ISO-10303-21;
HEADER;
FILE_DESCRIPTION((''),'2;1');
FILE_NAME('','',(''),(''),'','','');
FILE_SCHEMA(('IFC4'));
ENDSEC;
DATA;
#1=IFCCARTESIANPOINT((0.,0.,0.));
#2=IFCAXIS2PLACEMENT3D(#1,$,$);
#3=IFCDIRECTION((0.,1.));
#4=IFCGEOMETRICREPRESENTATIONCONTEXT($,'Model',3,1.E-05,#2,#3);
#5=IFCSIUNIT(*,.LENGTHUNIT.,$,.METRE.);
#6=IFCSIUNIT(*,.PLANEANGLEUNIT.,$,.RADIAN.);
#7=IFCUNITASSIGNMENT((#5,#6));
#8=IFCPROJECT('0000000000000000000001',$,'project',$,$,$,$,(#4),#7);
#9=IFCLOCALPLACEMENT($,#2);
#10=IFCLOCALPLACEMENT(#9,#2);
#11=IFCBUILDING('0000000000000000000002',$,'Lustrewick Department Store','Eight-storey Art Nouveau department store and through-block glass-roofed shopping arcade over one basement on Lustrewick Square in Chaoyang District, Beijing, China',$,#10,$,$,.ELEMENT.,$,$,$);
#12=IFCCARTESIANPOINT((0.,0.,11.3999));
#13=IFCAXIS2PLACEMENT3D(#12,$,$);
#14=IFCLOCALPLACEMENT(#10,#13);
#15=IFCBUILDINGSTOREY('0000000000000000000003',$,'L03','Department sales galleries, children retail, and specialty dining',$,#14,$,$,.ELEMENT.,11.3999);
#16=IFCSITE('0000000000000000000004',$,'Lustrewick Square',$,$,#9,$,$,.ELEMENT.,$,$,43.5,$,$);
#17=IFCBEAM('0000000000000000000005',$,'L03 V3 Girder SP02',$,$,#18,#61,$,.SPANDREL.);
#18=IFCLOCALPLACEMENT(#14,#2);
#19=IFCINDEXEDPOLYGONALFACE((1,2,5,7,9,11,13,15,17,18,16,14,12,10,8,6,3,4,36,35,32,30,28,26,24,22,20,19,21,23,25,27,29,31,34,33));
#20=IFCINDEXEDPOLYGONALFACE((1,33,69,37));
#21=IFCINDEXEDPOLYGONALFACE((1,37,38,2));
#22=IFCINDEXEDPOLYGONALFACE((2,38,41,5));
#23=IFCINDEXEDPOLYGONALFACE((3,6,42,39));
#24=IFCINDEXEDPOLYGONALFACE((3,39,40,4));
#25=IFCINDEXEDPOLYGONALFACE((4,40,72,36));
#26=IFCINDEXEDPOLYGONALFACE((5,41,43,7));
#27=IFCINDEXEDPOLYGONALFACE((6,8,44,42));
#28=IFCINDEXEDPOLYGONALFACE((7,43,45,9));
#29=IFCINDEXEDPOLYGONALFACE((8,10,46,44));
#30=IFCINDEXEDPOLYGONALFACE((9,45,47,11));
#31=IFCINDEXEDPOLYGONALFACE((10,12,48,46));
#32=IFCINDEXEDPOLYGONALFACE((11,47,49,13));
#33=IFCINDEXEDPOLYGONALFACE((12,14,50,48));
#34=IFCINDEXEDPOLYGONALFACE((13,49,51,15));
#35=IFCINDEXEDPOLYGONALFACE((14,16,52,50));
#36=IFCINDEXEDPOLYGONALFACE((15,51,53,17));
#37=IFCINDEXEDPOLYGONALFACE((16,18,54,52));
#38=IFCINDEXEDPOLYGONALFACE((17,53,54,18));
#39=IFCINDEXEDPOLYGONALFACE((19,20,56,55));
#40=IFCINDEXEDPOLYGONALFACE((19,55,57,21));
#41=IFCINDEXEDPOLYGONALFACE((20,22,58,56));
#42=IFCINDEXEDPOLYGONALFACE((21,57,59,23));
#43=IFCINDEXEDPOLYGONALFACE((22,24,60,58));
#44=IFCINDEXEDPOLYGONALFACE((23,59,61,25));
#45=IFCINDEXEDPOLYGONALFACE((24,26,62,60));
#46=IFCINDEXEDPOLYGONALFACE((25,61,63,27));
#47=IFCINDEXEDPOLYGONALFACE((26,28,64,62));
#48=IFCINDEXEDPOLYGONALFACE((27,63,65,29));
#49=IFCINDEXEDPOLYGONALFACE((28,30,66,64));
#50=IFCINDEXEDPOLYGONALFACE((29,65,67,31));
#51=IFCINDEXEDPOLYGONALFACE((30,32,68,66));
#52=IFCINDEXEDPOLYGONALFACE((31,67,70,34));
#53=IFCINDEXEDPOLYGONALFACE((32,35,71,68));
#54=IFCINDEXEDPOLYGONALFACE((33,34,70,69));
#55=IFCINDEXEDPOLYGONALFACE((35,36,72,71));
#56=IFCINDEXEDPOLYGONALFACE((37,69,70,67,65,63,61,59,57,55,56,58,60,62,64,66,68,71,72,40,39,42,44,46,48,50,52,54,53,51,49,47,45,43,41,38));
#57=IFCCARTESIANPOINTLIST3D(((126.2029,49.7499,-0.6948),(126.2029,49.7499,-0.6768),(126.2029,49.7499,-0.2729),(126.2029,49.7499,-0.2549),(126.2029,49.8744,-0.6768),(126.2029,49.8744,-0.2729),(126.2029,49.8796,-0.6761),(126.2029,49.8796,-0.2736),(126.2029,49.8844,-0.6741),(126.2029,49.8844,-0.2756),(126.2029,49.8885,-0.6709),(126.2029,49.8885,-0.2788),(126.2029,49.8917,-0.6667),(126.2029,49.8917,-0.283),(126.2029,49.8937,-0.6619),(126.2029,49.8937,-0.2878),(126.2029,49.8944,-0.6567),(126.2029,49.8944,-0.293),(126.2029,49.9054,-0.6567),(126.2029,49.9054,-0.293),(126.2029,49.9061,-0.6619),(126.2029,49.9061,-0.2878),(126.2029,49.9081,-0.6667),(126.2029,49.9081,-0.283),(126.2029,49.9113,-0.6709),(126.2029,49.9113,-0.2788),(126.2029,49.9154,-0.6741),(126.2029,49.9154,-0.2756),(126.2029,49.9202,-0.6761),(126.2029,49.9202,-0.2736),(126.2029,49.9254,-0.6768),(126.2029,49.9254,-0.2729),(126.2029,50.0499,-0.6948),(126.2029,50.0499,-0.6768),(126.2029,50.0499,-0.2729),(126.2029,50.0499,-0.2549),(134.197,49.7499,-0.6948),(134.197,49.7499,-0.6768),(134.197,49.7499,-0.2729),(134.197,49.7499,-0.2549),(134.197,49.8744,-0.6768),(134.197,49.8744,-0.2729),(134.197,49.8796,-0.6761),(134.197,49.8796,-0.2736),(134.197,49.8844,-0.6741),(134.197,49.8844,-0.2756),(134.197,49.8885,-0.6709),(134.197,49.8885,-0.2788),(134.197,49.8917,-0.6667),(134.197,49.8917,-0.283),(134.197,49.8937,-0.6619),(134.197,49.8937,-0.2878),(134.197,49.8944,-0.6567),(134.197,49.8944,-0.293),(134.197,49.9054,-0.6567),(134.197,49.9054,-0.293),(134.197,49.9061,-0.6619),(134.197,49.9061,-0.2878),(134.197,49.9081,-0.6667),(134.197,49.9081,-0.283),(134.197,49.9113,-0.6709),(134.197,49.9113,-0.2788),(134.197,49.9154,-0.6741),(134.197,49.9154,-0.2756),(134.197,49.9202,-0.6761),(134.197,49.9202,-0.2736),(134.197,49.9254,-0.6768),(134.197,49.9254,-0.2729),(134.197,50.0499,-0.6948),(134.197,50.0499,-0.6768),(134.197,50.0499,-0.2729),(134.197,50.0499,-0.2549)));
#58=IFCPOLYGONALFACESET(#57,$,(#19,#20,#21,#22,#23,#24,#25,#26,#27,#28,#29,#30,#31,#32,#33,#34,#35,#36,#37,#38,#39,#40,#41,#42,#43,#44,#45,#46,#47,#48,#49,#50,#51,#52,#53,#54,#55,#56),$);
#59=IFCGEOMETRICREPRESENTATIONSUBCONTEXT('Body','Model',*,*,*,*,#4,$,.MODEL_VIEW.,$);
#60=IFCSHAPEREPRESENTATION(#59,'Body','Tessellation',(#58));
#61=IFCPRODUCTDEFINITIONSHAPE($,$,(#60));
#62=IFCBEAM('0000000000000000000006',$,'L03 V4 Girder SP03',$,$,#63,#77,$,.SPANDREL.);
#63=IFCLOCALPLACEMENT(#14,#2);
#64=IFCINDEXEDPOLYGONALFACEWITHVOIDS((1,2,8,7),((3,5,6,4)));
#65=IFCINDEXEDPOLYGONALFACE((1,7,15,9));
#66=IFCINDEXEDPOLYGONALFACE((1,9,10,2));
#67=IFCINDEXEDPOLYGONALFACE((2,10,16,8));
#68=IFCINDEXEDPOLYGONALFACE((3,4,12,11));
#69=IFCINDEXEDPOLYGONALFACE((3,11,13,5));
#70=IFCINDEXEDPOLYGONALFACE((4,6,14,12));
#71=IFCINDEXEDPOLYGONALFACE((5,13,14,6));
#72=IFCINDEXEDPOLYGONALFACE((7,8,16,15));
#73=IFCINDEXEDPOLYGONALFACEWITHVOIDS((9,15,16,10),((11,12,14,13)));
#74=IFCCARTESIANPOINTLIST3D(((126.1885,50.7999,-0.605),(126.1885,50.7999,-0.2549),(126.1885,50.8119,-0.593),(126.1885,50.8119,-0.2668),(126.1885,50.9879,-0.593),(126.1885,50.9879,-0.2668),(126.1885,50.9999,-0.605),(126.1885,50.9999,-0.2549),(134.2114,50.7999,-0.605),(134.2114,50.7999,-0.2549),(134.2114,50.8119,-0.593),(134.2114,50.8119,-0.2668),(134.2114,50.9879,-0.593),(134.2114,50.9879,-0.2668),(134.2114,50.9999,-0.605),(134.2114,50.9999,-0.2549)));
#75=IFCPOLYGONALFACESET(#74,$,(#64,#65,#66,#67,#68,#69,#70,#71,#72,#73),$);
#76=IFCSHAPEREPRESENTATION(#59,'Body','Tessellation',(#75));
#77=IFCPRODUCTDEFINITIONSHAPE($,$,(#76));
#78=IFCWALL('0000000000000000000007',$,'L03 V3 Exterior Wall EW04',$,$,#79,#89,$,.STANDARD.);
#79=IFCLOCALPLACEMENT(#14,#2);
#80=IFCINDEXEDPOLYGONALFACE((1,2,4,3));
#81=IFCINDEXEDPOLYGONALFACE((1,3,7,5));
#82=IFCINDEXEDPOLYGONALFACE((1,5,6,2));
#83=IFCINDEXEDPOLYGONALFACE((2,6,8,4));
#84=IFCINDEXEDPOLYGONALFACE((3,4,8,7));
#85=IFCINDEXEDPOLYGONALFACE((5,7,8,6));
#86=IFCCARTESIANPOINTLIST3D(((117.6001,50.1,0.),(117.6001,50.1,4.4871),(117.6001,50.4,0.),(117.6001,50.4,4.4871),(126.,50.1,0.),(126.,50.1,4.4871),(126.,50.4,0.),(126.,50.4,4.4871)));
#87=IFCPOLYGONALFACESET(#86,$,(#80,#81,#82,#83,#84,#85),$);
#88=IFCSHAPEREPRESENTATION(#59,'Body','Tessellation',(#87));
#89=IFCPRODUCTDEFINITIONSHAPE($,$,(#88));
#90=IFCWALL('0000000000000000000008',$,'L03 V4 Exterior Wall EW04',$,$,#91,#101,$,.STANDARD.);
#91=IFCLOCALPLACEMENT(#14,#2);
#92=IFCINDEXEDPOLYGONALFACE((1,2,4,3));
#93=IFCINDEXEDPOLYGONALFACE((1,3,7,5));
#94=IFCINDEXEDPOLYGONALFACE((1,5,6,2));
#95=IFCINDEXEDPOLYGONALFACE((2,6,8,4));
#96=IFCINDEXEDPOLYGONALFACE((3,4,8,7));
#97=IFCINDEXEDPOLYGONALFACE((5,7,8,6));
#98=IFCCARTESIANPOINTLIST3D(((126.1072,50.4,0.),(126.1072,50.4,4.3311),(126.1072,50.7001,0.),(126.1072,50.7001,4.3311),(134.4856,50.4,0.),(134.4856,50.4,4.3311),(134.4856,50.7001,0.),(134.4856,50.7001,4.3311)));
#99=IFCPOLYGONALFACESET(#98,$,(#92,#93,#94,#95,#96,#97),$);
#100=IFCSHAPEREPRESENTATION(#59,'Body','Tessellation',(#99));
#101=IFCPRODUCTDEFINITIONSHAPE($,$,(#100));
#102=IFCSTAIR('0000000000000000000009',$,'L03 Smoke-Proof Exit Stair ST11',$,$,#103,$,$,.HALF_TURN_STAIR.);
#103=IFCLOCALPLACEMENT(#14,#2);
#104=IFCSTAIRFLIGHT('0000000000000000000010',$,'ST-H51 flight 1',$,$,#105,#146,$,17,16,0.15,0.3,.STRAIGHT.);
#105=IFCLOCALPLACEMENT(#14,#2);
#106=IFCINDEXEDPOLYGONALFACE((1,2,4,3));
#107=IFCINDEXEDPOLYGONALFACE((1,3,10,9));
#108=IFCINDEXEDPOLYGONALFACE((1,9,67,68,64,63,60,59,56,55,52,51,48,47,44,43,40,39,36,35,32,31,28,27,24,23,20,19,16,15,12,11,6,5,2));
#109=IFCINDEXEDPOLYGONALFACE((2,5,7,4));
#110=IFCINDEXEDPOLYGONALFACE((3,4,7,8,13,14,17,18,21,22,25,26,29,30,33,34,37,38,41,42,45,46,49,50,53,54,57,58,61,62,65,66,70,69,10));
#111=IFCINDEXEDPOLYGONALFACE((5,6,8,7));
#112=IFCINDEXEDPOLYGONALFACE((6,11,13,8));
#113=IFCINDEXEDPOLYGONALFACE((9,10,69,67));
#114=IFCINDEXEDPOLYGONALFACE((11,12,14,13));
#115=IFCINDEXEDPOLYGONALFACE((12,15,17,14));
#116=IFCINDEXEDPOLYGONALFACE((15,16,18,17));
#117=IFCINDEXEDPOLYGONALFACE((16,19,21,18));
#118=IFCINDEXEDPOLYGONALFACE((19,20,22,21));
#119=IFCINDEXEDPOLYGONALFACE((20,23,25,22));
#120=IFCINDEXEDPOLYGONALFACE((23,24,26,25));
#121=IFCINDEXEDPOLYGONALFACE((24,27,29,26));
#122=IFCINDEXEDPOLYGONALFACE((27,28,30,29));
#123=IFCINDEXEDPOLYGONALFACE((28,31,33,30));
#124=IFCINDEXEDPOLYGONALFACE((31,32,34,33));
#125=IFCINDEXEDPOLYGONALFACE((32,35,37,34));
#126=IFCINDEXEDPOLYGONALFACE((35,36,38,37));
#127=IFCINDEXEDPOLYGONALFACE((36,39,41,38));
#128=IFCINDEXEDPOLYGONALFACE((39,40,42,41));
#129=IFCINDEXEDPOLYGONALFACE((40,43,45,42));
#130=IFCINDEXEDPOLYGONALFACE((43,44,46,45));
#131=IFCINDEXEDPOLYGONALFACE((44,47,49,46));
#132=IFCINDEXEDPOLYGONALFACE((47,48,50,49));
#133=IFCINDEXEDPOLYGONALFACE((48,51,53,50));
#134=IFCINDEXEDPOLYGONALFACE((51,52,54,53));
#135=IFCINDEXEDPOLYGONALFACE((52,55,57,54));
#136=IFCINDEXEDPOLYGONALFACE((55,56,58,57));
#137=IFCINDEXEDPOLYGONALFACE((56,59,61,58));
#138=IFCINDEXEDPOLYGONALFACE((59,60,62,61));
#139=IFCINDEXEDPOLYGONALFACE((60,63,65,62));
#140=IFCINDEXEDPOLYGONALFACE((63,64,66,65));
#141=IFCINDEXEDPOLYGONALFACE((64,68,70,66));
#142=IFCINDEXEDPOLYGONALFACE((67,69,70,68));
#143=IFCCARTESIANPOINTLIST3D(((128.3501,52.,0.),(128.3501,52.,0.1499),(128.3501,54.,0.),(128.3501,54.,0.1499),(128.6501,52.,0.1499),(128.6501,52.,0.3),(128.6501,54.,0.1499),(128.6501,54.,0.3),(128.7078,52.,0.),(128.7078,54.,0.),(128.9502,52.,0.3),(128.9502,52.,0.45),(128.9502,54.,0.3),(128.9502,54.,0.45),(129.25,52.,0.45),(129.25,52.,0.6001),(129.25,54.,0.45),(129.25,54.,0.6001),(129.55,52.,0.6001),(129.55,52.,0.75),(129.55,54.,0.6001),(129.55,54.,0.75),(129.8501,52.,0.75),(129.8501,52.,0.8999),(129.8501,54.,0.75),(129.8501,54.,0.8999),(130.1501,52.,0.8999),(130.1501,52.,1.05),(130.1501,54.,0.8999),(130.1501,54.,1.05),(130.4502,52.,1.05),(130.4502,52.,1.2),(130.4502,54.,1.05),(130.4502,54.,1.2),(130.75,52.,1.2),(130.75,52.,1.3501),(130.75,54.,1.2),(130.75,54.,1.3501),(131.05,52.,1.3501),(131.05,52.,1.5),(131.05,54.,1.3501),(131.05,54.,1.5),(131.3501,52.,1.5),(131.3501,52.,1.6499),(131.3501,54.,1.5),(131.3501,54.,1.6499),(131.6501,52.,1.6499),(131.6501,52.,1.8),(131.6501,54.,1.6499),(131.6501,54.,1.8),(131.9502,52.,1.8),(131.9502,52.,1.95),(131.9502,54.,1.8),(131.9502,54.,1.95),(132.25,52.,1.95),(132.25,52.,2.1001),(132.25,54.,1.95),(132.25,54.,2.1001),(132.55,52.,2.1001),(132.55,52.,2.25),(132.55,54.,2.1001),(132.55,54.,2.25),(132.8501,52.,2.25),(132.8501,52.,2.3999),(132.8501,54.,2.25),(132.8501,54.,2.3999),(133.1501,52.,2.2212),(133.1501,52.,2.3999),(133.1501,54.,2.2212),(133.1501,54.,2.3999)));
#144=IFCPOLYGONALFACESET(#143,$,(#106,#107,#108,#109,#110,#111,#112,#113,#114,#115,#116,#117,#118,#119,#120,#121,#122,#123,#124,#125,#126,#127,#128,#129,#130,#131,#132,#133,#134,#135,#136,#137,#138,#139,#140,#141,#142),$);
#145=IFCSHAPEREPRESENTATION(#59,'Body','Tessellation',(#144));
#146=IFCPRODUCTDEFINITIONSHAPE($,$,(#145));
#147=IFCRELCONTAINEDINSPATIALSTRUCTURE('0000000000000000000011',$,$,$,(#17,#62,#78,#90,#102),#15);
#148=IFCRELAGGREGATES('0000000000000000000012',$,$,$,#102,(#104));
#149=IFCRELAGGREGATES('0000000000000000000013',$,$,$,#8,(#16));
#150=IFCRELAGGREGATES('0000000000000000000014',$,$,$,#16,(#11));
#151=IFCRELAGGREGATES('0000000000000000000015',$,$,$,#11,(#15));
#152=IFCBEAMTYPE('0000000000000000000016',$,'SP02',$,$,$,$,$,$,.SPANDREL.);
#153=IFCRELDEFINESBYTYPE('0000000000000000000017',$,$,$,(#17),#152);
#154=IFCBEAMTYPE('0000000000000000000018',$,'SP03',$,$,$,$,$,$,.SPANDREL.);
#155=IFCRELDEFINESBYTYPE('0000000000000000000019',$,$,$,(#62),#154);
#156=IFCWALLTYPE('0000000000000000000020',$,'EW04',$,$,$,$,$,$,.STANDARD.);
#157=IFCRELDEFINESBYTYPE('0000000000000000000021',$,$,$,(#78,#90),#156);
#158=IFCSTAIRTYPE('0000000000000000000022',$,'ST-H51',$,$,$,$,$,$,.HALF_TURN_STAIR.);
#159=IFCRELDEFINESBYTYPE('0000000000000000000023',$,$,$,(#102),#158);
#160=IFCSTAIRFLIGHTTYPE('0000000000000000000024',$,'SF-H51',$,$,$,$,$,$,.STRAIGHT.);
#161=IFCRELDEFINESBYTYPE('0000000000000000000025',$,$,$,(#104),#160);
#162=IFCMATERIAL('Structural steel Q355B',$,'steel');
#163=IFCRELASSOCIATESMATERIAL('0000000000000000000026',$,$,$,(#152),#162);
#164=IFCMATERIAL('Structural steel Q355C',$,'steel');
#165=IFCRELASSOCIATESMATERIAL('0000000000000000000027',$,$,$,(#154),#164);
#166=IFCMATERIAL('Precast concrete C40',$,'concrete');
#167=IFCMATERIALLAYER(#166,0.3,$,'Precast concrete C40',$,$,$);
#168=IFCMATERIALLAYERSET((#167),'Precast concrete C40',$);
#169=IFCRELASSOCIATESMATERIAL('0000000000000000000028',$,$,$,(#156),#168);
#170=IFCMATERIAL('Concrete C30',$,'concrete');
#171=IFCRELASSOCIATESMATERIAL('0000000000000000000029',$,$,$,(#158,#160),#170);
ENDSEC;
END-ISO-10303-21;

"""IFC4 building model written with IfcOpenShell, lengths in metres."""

from ifc_helpers import new_model, si_unit, direction, frame, frame_2d, origin, origin_2d, place, context, subcontext, project, spatial, polyline, rectangle, hollow_rectangle, i_section, outline, extrude, material, layer, layer_set, material_profile, profile_set, type_object, element, aggregate, save


model = new_model("IFC4")

# Units and contexts
model_context = context("Model", 3, precision=1e-05, world=origin(), true_north=direction((0.0, 1.0)))
body_context = subcontext(model_context, "Body", "Model", "MODEL_VIEW")
ifc_project = project(units=[si_unit("LENGTHUNIT", "METRE"), si_unit("PLANEANGLEUNIT", "RADIAN")], contexts=[model_context])

# Site, building, storey
site_placement = place(None, origin())
site = spatial("IfcSite", under=ifc_project, at=site_placement, Name="Lustrewick Square", CompositionType="ELEMENT", RefElevation=43.5)
building_placement = place(site_placement, origin())
building = spatial("IfcBuilding", under=site, at=building_placement, Name="Lustrewick Department Store", Description="Eight-storey Art Nouveau department store and through-block glass-roofed shopping arcade over one basement on Lustrewick Square in Chaoyang District, Beijing, China", CompositionType="ELEMENT")
storey_placement = place(building_placement, frame((0.0, 0.0, 11.3999)))
storey = spatial("IfcBuildingStorey", under=building, at=storey_placement, Name="L03", Description="Department sales galleries, children retail, and specialty dining", CompositionType="ELEMENT", Elevation=11.3999)

# Shared definitions
ifc_material_1 = material(Name="Structural steel Q355B", Category="steel")

# Beams
ifc_material_2 = material(Name="Structural steel Q355C", Category="steel")
ifc_material_profile_1 = material_profile(ifc_material_1, i_section(OverallWidth=0.3, OverallDepth=0.4399, WebThickness=0.011, FlangeThickness=0.0181, FilletRadius=0.02, at=origin_2d()), Name="HM 440x300x11x18")
ifc_profile_set_1 = profile_set([ifc_material_profile_1], Name="Structural steel Q355B")
beam_type_1 = type_object("IfcBeamType", Name="SP02", PredefinedType="SPANDREL", material=ifc_profile_set_1)
beam_1_placement = place(storey_placement, frame((126.2029, 49.8999, -0.4749), z_axis=(1.0, 0.0, 0.0), x_axis=(0.0, 1.0, 0.0)))
element("IfcBeam", 1, at=beam_1_placement, inside=storey, type_object=beam_type_1, Name="L03 V3 Girder SP02", PredefinedType="SPANDREL", context=body_context, shape_type="SweptSolid", body=[
    extrude(i_section(OverallWidth=0.3, OverallDepth=0.4399, WebThickness=0.011, FlangeThickness=0.0181, FilletRadius=0.02, at=origin_2d()), origin(), (0.0, 0.0, 1.0), 7.9941),
])
ifc_material_profile_2 = material_profile(ifc_material_2, hollow_rectangle(XDim=0.2, YDim=0.3501, WallThickness=0.012, at=origin_2d()), Name="RHS 350x200x12")
ifc_profile_set_2 = profile_set([ifc_material_profile_2], Name="Structural steel Q355C")
beam_type_2 = type_object("IfcBeamType", Name="SP03", PredefinedType="SPANDREL", material=ifc_profile_set_2)
beam_2_placement = place(storey_placement, frame((126.1885, 50.8999, -0.4299), z_axis=(1.0, 0.0, 0.0), x_axis=(0.0, 1.0, 0.0)))
element("IfcBeam", 2, at=beam_2_placement, inside=storey, type_object=beam_type_2, Name="L03 V4 Girder SP03", PredefinedType="SPANDREL", context=body_context, shape_type="SweptSolid", body=[
    extrude(hollow_rectangle(XDim=0.2, YDim=0.3501, WallThickness=0.012, at=origin_2d()), origin(), (0.0, 0.0, 1.0), 8.0229),
])

# Walls
ifc_material_3 = material(Name="Precast concrete C40", Category="concrete")
ifc_layer_1 = layer(ifc_material_3, 0.3, Name="Precast concrete C40")
ifc_layer_set_1 = layer_set([ifc_layer_1], Name="Precast concrete C40")
wall_type_1 = type_object("IfcWallType", Name="EW04", PredefinedType="STANDARD", material=ifc_layer_set_1)
wall_1_placement = place(storey_placement, frame((126.0, 50.25, 0.0), z_axis=(0.0, 0.0, 1.0), x_axis=(-1.0, 0.0, 0.0)))
element("IfcWall", 3, at=wall_1_placement, inside=storey, type_object=wall_type_1, Name="L03 V3 Exterior Wall EW04", PredefinedType="STANDARD", context=body_context, shape_type="SweptSolid", body=[
    extrude(rectangle(XDim=8.3999, YDim=0.3, at=frame_2d((4.2, 0.0))), origin(), (0.0, 0.0, 1.0), 4.4871),
])
wall_2_placement = place(storey_placement, frame((126.1072, 50.55, 0.0), z_axis=(0.0, 0.0, 1.0), x_axis=(1.0, 0.0, 0.0)))
element("IfcWall", 4, at=wall_2_placement, inside=storey, type_object=wall_type_1, Name="L03 V4 Exterior Wall EW04", PredefinedType="STANDARD", context=body_context, shape_type="SweptSolid", body=[
    extrude(rectangle(XDim=8.3784, YDim=0.3, at=frame_2d((4.1892, 0.0))), origin(), (0.0, 0.0, 1.0), 4.3311),
])

# Stair, stair flight
ifc_material_4 = material(Name="Concrete C30", Category="concrete")
stair_type = type_object("IfcStairType", Name="ST-H51", PredefinedType="HALF_TURN_STAIR", material=ifc_material_4)
stair_placement = place(storey_placement, origin())
stair = element("IfcStair", 5, at=stair_placement, inside=storey, type_object=stair_type, Name="L03 Smoke-Proof Exit Stair ST11", PredefinedType="HALF_TURN_STAIR")
stair_flight_type = type_object("IfcStairFlightType", Name="SF-H51", PredefinedType="STRAIGHT", material=ifc_material_4)
stair_flight_1_placement = place(storey_placement, frame((128.3501, 53.0, 0.0), z_axis=(0.0, 0.0, 1.0), x_axis=(1.0, 0.0, 0.0)))
stair_flight_1 = element("IfcStairFlight", 6, at=stair_flight_1_placement, type_object=stair_flight_type, Name="ST-H51 flight 1", NumberOfRisers=17, NumberOfTreads=16, PredefinedType="STRAIGHT", RiserHeight=0.15, TreadLength=0.3, context=body_context, shape_type="SweptSolid", body=[
    extrude(outline(polyline([(0.0, 0.0), (0.0, 0.1499), (0.3, 0.1499), (0.3, 0.3), (0.6001, 0.3), (0.6001, 0.45), (0.8999, 0.45), (0.8999, 0.6001), (1.2, 0.6001), (1.2, 0.75), (1.5, 0.75), (1.5, 0.8999), (1.8, 0.8999), (1.8, 1.05), (2.1001, 1.05), (2.1001, 1.2), (2.3999, 1.2), (2.3999, 1.3501), (2.7, 1.3501), (2.7, 1.5), (3.0, 1.5), (3.0, 1.6499), (3.3, 1.6499), (3.3, 1.8), (3.6001, 1.8), (3.6001, 1.95), (3.8999, 1.95), (3.8999, 2.1001), (4.2, 2.1001), (4.2, 2.25), (4.5, 2.25), (4.5, 2.3999), (4.8, 2.3999), (4.8, 2.55), (4.8, 2.2212), (0.3577, 0.0), (0.0, 0.0)])), frame((0.0, 1.0, 0.0), z_axis=(0.0, -1.0, 0.0), x_axis=(1.0, 0.0, 0.0)), (0.0, 0.0, 1.0), 2.0),
])
aggregate(stair, [stair_flight_1])

save(model, "model.ifc")
